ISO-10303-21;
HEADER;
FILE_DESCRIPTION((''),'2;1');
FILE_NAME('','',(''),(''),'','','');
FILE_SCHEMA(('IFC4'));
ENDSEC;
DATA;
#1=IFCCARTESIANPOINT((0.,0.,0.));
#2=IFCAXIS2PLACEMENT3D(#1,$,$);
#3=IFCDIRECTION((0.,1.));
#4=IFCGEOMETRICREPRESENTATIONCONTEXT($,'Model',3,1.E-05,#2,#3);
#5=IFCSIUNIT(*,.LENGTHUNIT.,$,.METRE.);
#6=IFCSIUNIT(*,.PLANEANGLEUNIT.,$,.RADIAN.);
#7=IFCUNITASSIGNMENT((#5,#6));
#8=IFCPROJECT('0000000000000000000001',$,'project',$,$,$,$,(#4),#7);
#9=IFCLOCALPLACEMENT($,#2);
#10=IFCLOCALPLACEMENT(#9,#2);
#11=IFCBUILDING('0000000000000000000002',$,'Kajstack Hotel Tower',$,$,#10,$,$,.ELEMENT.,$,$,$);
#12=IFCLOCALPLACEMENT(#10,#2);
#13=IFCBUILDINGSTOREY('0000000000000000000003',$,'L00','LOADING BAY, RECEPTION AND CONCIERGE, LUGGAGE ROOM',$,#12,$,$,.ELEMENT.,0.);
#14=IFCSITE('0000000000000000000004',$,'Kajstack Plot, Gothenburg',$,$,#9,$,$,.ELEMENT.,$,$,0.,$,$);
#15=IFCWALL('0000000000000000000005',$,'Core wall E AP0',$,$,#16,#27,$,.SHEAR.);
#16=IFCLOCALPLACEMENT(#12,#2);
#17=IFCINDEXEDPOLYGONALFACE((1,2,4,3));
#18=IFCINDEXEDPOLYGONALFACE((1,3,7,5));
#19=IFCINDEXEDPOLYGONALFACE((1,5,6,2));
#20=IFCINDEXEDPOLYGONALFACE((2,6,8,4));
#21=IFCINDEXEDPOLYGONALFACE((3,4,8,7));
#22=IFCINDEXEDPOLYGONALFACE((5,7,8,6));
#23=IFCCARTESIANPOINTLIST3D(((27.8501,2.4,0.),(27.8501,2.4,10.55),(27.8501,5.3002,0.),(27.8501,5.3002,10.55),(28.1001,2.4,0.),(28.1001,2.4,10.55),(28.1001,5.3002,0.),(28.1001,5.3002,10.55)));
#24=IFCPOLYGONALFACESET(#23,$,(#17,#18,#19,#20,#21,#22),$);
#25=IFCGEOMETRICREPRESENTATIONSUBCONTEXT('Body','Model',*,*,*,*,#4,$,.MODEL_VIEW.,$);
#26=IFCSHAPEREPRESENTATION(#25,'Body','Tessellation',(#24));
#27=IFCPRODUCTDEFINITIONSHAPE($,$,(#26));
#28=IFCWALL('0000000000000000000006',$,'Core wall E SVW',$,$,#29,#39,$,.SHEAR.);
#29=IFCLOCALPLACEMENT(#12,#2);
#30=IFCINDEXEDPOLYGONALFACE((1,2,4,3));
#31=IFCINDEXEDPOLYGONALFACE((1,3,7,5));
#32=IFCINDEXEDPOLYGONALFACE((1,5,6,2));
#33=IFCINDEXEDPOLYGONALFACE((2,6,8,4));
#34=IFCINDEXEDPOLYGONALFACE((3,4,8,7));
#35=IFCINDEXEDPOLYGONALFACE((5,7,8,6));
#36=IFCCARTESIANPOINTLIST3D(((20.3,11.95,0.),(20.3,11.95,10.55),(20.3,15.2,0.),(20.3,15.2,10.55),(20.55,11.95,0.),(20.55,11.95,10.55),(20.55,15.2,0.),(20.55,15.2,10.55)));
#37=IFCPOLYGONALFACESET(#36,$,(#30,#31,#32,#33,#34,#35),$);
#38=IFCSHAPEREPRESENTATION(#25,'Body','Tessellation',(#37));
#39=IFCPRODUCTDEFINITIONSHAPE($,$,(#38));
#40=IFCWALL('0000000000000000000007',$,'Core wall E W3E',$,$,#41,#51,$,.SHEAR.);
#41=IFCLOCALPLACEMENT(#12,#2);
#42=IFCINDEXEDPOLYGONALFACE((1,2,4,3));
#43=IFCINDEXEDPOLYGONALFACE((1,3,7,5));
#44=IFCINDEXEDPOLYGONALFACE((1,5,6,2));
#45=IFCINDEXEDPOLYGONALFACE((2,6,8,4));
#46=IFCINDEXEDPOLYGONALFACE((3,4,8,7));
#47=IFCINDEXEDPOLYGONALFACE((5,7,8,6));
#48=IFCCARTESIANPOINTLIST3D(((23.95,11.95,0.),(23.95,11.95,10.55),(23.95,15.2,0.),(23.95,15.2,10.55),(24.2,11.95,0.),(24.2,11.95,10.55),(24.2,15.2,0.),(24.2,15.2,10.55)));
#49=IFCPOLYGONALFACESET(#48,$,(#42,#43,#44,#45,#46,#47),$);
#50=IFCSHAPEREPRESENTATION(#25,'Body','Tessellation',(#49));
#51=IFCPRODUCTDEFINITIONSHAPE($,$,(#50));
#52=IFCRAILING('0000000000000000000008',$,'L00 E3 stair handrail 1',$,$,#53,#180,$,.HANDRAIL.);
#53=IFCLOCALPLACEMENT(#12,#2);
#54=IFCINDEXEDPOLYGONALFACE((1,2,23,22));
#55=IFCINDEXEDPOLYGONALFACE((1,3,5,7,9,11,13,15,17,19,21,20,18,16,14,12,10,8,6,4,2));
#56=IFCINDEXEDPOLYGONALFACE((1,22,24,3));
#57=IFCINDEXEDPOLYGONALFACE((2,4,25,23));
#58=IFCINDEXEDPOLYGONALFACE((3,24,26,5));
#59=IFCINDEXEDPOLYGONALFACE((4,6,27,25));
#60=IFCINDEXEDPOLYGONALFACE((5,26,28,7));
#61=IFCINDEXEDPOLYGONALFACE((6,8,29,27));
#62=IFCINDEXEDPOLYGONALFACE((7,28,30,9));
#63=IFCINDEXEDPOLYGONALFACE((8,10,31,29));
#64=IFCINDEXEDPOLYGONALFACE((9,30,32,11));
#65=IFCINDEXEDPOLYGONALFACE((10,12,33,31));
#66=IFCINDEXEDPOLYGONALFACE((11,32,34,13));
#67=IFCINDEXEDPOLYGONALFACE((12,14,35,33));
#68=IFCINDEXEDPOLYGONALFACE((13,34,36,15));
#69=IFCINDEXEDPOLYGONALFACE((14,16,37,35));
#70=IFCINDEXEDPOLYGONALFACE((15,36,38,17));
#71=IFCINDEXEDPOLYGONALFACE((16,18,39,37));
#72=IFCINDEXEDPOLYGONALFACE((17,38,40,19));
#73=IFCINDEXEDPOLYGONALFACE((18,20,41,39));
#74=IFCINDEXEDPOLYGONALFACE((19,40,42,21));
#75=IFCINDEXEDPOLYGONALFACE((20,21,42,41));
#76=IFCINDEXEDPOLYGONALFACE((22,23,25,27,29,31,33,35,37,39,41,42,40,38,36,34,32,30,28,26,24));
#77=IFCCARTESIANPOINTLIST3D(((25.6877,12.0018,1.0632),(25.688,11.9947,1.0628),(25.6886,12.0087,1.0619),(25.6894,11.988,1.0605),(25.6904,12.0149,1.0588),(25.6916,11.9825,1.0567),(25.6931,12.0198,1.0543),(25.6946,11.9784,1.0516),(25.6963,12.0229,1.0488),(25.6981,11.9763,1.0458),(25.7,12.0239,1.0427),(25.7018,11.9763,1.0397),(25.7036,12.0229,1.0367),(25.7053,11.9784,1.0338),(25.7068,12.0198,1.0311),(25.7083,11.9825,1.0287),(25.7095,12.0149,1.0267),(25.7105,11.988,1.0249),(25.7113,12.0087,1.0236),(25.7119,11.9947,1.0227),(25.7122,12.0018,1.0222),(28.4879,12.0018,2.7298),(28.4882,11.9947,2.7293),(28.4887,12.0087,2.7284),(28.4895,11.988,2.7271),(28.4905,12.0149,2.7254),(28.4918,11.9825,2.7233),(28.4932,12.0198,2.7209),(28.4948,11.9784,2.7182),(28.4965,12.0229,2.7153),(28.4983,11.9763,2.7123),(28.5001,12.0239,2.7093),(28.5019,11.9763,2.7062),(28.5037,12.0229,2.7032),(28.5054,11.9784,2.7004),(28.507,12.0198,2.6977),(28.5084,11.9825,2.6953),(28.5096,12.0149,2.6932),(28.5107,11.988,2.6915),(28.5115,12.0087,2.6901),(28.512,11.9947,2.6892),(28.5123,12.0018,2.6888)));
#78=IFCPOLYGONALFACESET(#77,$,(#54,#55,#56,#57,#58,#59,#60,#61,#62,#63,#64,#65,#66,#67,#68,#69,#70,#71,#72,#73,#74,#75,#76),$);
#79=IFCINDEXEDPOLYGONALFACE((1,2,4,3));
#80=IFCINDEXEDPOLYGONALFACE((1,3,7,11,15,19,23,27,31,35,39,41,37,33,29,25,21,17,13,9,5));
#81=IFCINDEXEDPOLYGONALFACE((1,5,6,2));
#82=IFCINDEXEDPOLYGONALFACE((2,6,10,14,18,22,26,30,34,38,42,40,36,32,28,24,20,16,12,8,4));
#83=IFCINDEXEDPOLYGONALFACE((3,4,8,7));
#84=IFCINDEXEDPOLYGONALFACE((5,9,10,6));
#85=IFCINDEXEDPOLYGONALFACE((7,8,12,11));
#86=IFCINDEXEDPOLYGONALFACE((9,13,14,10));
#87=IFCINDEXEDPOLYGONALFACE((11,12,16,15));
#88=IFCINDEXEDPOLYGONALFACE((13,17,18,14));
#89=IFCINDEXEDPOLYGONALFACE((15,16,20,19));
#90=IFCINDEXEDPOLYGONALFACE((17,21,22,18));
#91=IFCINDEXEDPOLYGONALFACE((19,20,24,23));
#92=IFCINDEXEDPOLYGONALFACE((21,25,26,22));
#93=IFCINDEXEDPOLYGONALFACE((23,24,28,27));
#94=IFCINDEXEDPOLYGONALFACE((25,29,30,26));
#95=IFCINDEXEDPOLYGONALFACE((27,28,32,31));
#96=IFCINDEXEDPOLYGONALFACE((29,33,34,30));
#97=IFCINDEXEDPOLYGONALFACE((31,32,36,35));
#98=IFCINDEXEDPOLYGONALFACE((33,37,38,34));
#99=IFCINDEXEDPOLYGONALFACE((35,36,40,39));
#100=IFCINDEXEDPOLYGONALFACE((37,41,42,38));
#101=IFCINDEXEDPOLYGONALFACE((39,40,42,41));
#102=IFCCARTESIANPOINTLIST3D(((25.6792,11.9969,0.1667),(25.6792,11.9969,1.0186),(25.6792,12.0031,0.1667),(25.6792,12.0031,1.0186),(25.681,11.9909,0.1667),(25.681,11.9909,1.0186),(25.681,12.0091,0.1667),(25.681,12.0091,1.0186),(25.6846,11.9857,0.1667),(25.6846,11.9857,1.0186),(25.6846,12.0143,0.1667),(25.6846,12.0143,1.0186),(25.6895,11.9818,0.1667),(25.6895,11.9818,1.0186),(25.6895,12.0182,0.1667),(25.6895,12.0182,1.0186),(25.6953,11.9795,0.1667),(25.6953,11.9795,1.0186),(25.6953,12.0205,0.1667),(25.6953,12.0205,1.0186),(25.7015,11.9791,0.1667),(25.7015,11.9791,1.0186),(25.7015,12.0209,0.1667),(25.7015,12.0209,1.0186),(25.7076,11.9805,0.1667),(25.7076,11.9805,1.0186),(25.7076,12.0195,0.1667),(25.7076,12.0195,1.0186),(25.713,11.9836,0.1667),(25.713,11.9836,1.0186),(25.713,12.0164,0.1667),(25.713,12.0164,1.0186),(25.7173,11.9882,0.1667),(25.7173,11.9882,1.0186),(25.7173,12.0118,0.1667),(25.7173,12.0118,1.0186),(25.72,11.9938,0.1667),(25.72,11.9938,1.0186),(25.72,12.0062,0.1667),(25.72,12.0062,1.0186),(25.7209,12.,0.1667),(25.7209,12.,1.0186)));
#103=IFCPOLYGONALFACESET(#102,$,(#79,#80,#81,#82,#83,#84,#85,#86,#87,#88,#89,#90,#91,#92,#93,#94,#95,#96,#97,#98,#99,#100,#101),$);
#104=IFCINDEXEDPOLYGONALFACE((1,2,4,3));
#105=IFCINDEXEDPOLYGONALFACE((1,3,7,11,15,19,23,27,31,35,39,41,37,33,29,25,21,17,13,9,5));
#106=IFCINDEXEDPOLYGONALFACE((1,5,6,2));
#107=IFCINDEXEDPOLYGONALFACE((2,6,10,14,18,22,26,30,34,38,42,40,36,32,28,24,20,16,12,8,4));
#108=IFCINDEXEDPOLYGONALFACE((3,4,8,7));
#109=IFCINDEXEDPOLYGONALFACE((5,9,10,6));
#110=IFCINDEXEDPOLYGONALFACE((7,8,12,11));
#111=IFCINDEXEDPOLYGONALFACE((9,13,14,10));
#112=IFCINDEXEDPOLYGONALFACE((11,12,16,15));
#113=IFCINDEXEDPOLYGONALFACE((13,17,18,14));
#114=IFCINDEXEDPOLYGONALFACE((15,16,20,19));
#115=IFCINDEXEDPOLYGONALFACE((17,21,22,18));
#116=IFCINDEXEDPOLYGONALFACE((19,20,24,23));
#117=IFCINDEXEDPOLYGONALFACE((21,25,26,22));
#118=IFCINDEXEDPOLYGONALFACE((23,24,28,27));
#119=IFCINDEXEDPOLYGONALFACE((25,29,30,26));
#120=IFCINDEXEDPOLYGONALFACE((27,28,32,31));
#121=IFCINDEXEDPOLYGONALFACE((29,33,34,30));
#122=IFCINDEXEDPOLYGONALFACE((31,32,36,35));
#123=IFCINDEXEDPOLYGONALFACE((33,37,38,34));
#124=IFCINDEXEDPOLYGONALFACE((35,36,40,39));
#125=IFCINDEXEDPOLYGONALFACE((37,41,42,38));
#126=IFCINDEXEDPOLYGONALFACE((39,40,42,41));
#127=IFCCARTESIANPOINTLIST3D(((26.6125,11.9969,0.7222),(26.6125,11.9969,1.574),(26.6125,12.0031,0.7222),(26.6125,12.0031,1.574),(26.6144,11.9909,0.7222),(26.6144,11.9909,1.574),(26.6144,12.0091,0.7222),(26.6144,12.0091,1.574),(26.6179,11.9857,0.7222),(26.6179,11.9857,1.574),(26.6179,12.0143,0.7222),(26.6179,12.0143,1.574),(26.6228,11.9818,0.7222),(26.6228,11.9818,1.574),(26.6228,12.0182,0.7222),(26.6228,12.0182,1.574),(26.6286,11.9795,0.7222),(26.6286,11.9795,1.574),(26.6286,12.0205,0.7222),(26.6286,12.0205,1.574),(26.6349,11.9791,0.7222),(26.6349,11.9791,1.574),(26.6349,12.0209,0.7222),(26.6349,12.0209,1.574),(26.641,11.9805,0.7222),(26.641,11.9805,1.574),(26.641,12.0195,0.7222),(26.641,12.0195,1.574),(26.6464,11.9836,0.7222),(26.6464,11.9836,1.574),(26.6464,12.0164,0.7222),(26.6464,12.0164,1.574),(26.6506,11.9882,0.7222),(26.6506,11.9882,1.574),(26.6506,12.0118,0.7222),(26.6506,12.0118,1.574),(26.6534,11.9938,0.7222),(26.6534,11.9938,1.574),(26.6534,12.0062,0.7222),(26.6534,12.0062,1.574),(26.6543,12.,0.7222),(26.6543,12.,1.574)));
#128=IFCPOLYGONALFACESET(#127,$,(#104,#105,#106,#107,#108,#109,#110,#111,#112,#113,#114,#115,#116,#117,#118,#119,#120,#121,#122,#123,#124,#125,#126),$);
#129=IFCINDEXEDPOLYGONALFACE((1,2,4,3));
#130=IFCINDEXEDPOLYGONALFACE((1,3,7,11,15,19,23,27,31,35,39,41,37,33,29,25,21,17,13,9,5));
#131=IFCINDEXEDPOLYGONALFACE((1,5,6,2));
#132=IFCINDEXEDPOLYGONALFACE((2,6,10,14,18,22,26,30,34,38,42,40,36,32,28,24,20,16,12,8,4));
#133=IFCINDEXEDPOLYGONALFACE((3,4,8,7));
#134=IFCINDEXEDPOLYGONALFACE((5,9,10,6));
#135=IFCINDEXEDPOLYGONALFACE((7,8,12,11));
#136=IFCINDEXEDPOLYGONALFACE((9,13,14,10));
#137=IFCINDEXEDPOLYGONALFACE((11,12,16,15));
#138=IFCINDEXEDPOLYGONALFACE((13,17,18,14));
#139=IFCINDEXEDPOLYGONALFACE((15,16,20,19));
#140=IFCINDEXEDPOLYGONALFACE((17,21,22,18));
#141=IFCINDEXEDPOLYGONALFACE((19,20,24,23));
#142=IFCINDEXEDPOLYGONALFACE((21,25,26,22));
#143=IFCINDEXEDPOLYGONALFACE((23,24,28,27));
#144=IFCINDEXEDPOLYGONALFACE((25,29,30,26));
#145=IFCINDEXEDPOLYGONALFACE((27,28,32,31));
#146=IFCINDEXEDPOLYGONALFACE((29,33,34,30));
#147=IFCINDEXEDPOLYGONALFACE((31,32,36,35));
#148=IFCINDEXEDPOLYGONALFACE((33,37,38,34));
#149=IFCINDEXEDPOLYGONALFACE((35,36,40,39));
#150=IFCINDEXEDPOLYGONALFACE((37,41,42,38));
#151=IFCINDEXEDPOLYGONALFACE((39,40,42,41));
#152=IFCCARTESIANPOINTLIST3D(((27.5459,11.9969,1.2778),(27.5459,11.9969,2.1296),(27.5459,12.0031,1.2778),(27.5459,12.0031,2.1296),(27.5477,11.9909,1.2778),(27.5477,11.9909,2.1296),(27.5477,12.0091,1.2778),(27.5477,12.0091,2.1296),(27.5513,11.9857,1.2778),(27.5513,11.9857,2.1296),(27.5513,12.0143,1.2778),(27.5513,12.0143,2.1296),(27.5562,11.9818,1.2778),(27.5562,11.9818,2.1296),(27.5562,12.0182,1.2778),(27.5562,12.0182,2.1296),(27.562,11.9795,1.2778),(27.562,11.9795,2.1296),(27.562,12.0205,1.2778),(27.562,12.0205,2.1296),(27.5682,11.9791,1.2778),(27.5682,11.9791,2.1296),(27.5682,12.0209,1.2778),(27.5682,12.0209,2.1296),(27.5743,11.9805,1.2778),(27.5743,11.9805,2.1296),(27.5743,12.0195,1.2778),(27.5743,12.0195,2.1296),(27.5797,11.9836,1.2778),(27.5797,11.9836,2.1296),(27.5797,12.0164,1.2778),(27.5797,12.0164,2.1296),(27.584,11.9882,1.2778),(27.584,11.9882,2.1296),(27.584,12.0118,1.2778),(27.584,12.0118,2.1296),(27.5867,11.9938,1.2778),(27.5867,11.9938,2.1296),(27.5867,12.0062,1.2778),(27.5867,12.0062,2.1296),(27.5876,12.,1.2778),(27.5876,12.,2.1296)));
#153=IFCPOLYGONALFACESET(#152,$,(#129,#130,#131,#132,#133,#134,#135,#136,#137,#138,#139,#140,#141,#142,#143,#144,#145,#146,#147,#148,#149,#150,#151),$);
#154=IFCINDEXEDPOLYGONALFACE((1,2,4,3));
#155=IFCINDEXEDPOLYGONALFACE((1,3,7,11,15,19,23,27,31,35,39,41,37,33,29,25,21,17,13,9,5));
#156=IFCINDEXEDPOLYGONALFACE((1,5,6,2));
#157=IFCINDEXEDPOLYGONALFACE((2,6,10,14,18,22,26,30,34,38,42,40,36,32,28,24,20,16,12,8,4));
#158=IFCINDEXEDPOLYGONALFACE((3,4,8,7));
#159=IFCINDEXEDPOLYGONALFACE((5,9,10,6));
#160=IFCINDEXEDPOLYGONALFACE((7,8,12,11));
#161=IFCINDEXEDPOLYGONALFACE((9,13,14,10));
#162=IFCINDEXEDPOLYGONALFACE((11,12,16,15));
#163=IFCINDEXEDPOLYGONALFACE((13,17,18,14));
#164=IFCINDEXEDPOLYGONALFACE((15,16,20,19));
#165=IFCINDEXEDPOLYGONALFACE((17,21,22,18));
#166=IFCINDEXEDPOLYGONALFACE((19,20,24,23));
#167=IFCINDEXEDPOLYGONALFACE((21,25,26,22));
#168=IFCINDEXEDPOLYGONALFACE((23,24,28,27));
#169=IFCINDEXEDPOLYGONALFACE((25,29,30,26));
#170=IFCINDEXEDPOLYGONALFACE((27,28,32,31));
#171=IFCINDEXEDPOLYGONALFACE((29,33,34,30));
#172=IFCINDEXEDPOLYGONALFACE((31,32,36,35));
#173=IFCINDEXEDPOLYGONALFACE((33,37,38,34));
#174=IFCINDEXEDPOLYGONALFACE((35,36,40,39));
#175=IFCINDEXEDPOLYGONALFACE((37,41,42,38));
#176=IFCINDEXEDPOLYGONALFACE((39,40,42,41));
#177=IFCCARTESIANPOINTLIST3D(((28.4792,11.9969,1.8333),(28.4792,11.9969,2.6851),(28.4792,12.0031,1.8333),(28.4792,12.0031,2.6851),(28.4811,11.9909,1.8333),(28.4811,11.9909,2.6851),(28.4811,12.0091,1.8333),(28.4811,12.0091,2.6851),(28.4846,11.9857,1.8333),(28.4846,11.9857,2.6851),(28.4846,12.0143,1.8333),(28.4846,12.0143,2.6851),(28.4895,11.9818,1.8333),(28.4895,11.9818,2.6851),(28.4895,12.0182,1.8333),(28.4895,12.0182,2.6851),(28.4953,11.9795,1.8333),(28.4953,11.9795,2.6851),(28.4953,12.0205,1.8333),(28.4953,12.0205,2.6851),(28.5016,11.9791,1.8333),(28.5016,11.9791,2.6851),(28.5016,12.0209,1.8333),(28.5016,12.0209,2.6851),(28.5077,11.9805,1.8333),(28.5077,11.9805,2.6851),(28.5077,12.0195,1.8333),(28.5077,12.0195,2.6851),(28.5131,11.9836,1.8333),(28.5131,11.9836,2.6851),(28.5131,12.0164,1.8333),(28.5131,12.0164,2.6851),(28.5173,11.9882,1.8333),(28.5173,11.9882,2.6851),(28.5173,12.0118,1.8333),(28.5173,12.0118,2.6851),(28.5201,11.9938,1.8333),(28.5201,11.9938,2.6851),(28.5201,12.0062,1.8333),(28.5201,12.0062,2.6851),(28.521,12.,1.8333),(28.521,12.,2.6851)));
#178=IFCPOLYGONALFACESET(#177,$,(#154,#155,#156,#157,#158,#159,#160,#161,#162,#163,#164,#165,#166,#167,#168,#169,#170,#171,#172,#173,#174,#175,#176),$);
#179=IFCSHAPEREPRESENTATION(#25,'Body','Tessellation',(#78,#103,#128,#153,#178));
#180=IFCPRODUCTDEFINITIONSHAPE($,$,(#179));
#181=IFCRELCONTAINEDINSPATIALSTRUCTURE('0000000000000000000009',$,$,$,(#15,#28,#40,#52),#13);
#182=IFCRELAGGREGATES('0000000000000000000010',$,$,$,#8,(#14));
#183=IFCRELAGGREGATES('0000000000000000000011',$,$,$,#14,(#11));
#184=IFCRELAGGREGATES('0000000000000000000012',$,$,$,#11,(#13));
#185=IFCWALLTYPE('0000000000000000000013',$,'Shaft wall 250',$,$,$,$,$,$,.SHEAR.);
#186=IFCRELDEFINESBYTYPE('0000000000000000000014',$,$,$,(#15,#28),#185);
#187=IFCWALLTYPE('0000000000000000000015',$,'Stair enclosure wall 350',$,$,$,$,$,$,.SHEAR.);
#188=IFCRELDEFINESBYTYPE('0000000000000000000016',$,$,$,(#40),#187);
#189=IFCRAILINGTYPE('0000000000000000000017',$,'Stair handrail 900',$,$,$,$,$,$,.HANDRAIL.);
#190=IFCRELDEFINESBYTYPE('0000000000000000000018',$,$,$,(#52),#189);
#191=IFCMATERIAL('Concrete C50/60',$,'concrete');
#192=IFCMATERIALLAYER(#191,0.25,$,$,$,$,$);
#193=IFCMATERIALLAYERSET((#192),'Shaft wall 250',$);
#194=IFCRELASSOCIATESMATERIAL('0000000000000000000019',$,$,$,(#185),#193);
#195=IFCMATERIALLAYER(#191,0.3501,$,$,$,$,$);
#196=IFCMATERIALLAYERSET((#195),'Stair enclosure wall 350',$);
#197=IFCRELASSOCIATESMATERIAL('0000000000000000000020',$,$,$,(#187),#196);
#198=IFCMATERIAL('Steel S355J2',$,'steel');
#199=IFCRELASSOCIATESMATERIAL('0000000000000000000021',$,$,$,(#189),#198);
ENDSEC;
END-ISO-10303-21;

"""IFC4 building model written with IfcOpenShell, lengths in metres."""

from ifc_helpers import new_model, si_unit, direction, frame, frame_2d, origin, origin_2d, place, context, subcontext, project, spatial, rectangle, circle, extrude, material, layer, layer_set, type_object, element, save


model = new_model("IFC4")

# Units and contexts
model_context = context("Model", 3, precision=1e-05, world=origin(), true_north=direction((0.0, 1.0)))
body_context = subcontext(model_context, "Body", "Model", "MODEL_VIEW")
ifc_project = project(units=[si_unit("LENGTHUNIT", "METRE"), si_unit("PLANEANGLEUNIT", "RADIAN")], contexts=[model_context])

# Site, building, storey
site_placement = place(None, origin())
site = spatial("IfcSite", under=ifc_project, at=site_placement, Name="Kajstack Plot, Gothenburg", CompositionType="ELEMENT", RefElevation=0.0)
building_placement = place(site_placement, origin())
building = spatial("IfcBuilding", under=site, at=building_placement, Name="Kajstack Hotel Tower", CompositionType="ELEMENT")
storey_placement = place(building_placement, origin())
storey = spatial("IfcBuildingStorey", under=building, at=storey_placement, Name="L00", Description="LOADING BAY, RECEPTION AND CONCIERGE, LUGGAGE ROOM", CompositionType="ELEMENT", Elevation=0.0)

# Shared definitions
ifc_material_1 = material(Name="Concrete C50/60", Category="concrete")

# Shared definitions
ifc_layer_1 = layer(ifc_material_1, 0.25)
ifc_layer_set_1 = layer_set([ifc_layer_1], Name="Shaft wall 250")
wall_type_1 = type_object("IfcWallType", Name="Shaft wall 250", PredefinedType="SHEAR", material=ifc_layer_set_1)

# Walls
wall_1_placement = place(storey_placement, frame((27.9751, 2.3999, 0.0), z_axis=(0.0, 0.0, 1.0), x_axis=(0.0, 1.0, 0.0)))
element("IfcWall", 1, at=wall_1_placement, inside=storey, type_object=wall_type_1, Name="Core wall E AP0", PredefinedType="SHEAR", context=body_context, shape_type="SweptSolid", body=[
    extrude(rectangle(XDim=2.9001, YDim=0.25, at=frame_2d((1.4502, 0.0))), origin(), (0.0, 0.0, 1.0), 10.55),
])
wall_2_placement = place(storey_placement, frame((20.425, 11.95, 0.0), z_axis=(0.0, 0.0, 1.0), x_axis=(0.0, 1.0, 0.0)))
element("IfcWall", 2, at=wall_2_placement, inside=storey, type_object=wall_type_1, Name="Core wall E SVW", PredefinedType="SHEAR", context=body_context, shape_type="SweptSolid", body=[
    extrude(rectangle(XDim=3.25, YDim=0.25, at=frame_2d((1.625, 0.0))), origin(), (0.0, 0.0, 1.0), 10.55),
])
ifc_layer_2 = layer(ifc_material_1, 0.3501)
ifc_layer_set_2 = layer_set([ifc_layer_2], Name="Stair enclosure wall 350")
wall_type_2 = type_object("IfcWallType", Name="Stair enclosure wall 350", PredefinedType="SHEAR", material=ifc_layer_set_2)
wall_3_placement = place(storey_placement, frame((24.075, 11.95, 0.0), z_axis=(0.0, 0.0, 1.0), x_axis=(0.0, 1.0, 0.0)))
element("IfcWall", 3, at=wall_3_placement, inside=storey, type_object=wall_type_2, Name="Core wall E W3E", PredefinedType="SHEAR", context=body_context, shape_type="SweptSolid", body=[
    extrude(rectangle(XDim=3.25, YDim=0.25, at=frame_2d((1.625, 0.0))), origin(), (0.0, 0.0, 1.0), 10.55),
])

# Railing
ifc_material_2 = material(Name="Steel S355J2", Category="steel")
railing_type_1 = type_object("IfcRailingType", Name="Stair handrail 900", PredefinedType="HANDRAIL", material=ifc_material_2)
railing_1_placement = place(storey_placement, frame((25.7, 12.0, 0.1667)))
element("IfcRailing", 4, at=railing_1_placement, inside=storey, type_object=railing_type_1, Name="L00 E3 stair handrail 1", PredefinedType="HANDRAIL", context=body_context, shape_type="SweptSolid", body=[
    extrude(circle(Radius=0.0239, at=origin_2d()), frame((0.0, 0.0, 0.876), z_axis=(0.859319, 0.0, 0.51144), x_axis=(0.0, 1.0, 0.0)), (0.0, 0.0, 1.0), 3.2585),
    extrude(circle(Radius=0.021, at=origin_2d()), origin(), (0.0, 0.0, 1.0), 0.8518),
    extrude(circle(Radius=0.021, at=origin_2d()), frame((0.9333, 0.0, 0.5554)), (0.0, 0.0, 1.0), 0.8518),
    extrude(circle(Radius=0.021, at=origin_2d()), frame((1.8667, 0.0, 1.1111)), (0.0, 0.0, 1.0), 0.8518),
    extrude(circle(Radius=0.021, at=origin_2d()), frame((2.8, 0.0, 1.6665)), (0.0, 0.0, 1.0), 0.8518),
])

save(model, "model.ifc")
